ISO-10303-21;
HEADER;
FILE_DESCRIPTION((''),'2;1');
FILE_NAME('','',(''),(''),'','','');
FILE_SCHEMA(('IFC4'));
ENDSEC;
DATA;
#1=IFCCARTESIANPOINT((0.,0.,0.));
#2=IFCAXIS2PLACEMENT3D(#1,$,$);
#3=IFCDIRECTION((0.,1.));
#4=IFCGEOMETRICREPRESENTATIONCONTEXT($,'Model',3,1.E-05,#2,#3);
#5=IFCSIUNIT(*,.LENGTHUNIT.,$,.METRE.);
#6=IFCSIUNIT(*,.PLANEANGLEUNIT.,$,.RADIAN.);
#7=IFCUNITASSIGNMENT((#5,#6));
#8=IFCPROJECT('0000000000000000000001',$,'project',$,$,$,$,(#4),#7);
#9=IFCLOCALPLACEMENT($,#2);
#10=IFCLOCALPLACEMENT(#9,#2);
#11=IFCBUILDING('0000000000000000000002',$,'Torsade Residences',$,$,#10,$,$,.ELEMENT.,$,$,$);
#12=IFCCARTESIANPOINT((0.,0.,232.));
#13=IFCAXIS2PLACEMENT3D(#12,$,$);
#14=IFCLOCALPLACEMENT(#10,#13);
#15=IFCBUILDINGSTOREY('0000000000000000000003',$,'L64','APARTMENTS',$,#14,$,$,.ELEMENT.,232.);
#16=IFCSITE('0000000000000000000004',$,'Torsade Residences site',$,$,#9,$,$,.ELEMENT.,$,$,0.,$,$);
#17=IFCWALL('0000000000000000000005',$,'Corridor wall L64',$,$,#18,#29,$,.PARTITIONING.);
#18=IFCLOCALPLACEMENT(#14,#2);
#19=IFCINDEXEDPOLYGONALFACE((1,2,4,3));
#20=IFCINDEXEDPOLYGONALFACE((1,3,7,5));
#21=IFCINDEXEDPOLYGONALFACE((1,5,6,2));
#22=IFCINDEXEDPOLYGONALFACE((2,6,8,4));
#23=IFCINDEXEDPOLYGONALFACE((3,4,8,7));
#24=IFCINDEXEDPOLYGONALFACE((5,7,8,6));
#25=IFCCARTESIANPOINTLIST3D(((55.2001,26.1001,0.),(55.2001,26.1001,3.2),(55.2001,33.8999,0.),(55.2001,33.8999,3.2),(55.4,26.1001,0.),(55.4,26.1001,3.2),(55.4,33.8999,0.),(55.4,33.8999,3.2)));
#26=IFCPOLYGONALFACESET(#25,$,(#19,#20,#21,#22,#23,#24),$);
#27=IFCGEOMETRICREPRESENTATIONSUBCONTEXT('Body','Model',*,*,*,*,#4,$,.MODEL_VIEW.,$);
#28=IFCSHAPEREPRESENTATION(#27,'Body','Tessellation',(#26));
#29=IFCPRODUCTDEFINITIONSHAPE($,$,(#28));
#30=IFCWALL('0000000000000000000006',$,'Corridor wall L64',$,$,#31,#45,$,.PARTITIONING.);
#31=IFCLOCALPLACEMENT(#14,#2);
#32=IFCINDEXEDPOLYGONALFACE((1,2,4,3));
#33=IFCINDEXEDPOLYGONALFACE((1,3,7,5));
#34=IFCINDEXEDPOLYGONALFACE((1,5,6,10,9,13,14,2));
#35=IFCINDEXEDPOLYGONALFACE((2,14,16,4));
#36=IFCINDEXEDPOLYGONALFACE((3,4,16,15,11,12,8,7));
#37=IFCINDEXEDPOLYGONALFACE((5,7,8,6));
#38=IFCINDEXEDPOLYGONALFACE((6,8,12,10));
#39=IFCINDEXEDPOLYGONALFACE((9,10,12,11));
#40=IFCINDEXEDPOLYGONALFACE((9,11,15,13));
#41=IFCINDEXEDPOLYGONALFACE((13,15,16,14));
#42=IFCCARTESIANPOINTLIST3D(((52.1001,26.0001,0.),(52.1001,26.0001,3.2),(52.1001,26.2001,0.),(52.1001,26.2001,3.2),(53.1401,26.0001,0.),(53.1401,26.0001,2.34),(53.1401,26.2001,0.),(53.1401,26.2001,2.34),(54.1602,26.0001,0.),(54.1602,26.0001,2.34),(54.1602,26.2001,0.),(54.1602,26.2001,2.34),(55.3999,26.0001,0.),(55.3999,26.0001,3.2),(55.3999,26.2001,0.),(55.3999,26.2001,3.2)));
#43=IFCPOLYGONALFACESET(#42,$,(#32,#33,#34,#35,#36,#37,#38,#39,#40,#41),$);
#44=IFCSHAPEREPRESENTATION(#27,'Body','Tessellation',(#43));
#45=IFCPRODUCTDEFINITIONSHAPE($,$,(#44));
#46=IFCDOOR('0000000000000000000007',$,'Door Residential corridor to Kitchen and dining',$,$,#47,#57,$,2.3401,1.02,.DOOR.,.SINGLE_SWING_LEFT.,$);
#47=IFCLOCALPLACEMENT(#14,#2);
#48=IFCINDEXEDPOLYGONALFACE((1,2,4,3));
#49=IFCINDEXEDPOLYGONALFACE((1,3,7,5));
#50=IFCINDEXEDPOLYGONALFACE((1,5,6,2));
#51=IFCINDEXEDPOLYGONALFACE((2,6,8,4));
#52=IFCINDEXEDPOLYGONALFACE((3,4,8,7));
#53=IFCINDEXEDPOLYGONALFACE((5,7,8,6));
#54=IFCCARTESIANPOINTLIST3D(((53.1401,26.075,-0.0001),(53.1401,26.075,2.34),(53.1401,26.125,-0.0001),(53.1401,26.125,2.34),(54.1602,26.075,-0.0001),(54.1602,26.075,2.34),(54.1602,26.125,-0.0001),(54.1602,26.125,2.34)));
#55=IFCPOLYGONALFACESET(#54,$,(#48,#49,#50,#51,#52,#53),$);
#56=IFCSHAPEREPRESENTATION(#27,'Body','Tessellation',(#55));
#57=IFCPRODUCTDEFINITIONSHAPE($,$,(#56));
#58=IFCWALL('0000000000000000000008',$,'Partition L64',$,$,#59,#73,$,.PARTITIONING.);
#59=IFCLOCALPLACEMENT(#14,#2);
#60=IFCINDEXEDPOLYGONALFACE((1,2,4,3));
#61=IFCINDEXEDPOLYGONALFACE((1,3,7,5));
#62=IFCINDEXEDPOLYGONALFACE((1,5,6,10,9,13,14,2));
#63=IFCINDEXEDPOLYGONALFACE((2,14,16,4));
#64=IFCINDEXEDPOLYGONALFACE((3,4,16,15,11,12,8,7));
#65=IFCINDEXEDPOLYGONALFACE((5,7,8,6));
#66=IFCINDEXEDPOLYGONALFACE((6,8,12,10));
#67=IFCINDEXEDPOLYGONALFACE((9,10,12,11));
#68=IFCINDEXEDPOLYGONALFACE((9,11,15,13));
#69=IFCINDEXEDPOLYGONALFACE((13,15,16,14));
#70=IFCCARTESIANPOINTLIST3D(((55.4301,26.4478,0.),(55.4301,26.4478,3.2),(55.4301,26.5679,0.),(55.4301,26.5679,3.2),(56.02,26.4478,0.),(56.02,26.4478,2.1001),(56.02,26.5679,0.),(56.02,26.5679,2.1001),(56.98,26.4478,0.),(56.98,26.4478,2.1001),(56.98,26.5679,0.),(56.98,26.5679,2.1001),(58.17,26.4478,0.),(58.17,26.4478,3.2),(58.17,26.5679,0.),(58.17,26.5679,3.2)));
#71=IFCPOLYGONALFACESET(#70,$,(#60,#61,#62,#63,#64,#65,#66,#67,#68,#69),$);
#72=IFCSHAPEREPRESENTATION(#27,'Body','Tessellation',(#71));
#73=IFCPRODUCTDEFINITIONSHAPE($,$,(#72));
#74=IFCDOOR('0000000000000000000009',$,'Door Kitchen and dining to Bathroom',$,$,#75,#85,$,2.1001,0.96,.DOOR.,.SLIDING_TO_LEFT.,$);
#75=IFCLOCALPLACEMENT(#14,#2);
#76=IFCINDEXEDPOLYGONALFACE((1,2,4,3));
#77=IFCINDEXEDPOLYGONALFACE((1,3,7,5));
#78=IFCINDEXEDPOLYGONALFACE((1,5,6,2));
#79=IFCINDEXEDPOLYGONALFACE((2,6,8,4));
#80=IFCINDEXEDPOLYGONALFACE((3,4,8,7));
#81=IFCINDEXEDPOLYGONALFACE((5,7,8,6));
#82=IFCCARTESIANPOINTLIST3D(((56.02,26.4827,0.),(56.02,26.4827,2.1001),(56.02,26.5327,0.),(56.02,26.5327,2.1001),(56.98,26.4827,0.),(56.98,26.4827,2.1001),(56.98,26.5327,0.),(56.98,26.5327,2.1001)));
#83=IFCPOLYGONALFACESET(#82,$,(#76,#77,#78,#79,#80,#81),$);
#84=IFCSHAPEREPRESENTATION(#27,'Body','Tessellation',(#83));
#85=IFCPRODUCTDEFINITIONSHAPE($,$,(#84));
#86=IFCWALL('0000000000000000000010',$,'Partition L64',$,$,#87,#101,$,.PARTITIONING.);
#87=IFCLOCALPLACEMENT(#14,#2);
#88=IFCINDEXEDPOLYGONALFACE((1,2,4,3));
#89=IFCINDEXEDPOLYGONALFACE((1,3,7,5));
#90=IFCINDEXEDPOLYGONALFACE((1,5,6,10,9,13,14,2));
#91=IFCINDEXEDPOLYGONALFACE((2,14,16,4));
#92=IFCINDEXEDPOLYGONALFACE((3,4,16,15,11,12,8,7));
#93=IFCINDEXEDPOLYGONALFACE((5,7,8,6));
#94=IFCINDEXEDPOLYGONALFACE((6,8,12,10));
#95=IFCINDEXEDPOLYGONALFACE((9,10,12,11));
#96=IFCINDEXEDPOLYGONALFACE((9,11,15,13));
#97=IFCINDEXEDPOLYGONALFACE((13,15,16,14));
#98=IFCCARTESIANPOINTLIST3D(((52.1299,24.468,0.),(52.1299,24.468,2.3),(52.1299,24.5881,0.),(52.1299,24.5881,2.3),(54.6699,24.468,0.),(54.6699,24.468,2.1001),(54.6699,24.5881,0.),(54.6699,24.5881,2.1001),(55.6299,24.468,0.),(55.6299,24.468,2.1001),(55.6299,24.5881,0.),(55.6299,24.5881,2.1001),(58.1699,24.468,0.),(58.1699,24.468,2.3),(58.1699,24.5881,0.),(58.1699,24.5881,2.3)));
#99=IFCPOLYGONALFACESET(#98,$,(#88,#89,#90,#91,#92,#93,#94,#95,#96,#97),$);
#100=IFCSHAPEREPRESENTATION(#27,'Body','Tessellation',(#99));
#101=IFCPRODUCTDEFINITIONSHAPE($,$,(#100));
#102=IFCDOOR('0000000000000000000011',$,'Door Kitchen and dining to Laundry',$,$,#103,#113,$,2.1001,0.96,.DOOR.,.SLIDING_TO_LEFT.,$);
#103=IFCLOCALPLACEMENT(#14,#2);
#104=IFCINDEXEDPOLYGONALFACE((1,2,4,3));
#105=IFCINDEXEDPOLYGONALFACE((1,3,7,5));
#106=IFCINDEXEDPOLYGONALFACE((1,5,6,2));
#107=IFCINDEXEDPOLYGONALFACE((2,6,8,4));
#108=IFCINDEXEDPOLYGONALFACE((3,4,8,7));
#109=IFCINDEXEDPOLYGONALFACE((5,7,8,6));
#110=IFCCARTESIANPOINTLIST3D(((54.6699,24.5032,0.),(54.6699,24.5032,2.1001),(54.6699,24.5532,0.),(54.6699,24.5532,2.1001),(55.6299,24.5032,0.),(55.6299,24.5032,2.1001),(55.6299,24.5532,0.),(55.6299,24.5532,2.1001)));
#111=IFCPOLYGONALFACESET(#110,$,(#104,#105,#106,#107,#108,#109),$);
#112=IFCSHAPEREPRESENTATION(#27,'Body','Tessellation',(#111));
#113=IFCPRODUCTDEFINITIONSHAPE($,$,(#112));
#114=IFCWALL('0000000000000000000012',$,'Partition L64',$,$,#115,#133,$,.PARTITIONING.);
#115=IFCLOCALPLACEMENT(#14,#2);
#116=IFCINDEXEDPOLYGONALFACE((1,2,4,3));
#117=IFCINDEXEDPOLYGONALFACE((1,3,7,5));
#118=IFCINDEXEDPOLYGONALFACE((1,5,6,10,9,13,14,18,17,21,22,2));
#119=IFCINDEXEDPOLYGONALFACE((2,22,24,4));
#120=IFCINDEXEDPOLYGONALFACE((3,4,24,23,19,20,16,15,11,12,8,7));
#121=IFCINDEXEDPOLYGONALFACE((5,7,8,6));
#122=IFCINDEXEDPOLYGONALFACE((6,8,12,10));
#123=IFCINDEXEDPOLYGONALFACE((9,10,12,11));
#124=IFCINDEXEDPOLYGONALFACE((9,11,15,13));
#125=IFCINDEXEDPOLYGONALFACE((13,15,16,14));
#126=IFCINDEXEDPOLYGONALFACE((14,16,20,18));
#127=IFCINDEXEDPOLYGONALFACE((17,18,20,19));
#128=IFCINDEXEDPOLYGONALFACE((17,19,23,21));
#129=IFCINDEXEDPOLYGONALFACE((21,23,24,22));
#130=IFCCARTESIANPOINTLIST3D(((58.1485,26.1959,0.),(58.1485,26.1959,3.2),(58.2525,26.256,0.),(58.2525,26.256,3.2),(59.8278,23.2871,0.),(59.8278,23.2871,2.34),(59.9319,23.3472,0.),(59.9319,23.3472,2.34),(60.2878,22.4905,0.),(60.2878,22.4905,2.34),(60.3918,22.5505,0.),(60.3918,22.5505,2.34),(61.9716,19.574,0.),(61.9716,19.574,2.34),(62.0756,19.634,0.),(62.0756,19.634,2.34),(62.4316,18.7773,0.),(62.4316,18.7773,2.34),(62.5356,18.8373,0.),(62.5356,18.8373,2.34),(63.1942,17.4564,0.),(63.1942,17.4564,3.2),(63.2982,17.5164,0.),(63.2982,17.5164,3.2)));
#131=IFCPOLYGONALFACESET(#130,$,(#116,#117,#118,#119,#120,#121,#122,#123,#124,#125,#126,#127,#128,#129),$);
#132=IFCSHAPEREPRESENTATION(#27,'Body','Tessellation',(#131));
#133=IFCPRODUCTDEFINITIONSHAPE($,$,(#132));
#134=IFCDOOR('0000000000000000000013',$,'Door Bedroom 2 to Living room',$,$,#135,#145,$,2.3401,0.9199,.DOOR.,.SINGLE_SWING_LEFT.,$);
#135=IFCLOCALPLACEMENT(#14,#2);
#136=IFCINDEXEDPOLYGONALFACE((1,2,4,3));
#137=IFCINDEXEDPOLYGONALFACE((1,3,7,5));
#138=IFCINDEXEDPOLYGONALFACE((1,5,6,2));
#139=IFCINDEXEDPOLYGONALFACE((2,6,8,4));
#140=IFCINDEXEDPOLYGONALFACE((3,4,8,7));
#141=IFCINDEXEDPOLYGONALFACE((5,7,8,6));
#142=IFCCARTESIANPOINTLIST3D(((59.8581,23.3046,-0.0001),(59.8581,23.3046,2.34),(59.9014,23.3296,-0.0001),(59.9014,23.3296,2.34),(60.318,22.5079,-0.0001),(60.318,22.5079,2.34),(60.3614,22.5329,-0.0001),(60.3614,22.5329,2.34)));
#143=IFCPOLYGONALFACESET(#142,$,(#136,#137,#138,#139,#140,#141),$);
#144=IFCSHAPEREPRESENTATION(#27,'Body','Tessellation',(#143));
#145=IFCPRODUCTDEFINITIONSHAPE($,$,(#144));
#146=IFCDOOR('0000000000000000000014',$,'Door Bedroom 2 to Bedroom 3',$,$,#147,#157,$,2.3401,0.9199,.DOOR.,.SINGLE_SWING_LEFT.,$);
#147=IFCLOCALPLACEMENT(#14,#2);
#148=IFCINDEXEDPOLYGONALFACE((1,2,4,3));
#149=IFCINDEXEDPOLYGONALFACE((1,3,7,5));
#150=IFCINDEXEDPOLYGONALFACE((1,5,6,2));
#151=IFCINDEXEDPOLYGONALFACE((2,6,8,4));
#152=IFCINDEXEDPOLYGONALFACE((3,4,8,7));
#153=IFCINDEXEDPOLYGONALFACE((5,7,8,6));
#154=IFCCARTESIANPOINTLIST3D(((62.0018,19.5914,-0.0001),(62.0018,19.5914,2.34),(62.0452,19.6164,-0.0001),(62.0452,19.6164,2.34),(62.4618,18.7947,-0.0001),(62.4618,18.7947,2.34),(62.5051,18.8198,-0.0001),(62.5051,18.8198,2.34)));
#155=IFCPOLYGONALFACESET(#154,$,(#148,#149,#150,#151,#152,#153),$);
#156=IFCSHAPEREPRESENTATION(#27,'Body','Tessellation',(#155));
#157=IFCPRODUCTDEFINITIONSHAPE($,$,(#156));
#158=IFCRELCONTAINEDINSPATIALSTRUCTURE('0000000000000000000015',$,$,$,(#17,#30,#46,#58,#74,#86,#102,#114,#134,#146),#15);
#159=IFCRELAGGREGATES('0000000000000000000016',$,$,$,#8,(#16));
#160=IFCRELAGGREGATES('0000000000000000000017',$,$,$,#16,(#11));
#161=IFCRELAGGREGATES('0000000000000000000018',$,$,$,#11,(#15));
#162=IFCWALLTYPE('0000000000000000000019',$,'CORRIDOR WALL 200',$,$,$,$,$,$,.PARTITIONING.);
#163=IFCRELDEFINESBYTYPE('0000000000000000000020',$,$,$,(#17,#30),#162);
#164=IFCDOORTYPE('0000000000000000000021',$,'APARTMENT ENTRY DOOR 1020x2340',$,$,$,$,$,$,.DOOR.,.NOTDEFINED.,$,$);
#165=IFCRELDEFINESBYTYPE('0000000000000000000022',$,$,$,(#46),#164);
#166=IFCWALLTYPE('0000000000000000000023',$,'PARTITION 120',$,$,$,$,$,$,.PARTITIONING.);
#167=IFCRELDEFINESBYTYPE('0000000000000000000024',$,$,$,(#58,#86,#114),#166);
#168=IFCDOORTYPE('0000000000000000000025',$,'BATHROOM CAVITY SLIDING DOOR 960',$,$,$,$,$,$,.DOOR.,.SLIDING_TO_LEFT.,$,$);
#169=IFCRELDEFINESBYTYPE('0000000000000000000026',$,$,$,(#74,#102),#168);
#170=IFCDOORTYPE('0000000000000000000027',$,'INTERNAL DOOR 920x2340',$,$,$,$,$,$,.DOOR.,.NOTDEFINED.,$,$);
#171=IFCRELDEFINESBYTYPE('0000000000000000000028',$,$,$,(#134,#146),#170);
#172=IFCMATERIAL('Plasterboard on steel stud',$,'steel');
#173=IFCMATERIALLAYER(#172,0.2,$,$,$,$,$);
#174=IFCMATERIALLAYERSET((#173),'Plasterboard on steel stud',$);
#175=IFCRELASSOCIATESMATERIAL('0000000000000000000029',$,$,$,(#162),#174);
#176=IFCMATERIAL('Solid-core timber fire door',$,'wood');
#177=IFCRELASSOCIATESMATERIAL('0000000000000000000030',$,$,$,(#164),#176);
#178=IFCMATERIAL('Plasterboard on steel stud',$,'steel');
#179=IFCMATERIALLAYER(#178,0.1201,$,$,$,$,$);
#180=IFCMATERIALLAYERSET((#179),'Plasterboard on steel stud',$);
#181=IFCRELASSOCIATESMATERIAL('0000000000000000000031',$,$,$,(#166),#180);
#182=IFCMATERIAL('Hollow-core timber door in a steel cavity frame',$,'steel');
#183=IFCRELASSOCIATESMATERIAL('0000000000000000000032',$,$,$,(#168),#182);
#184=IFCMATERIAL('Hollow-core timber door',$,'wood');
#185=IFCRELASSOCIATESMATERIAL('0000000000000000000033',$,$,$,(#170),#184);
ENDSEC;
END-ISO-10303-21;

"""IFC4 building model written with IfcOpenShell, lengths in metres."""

from ifc_helpers import new_model, si_unit, direction, frame, frame_2d, origin, place, context, subcontext, project, spatial, rectangle, extrude, material, layer, layer_set, type_object, element, fill, save


model = new_model("IFC4")

# Units and contexts
model_context = context("Model", 3, precision=1e-05, world=origin(), true_north=direction((0.0, 1.0)))
body_context = subcontext(model_context, "Body", "Model", "MODEL_VIEW")
ifc_project = project(units=[si_unit("LENGTHUNIT", "METRE"), si_unit("PLANEANGLEUNIT", "RADIAN")], contexts=[model_context])

# Site, building, storey
site_placement = place(None, origin())
site = spatial("IfcSite", under=ifc_project, at=site_placement, Name="Torsade Residences site", CompositionType="ELEMENT", RefElevation=0.0)
building_placement = place(site_placement, origin())
building = spatial("IfcBuilding", under=site, at=building_placement, Name="Torsade Residences", CompositionType="ELEMENT")
storey_placement = place(building_placement, frame((0.0, 0.0, 232.0)))
storey = spatial("IfcBuildingStorey", under=building, at=storey_placement, Name="L64", Description="APARTMENTS", CompositionType="ELEMENT", Elevation=232.0)

# Wall
ifc_material_1 = material(Name="Plasterboard on steel stud", Category="steel")
ifc_layer_1 = layer(ifc_material_1, 0.2)
ifc_layer_set_1 = layer_set([ifc_layer_1], Name="Plasterboard on steel stud")
wall_type_1 = type_object("IfcWallType", Name="CORRIDOR WALL 200", PredefinedType="PARTITIONING", material=ifc_layer_set_1)
wall_1_placement = place(storey_placement, frame((55.3, 26.1001, 0.0), z_axis=(0.0, 0.0, 1.0), x_axis=(0.0, 1.0, 0.0)))
element("IfcWall", 1, at=wall_1_placement, inside=storey, type_object=wall_type_1, Name="Corridor wall L64", PredefinedType="PARTITIONING", context=body_context, shape_type="SweptSolid", body=[
    extrude(rectangle(XDim=7.7998, YDim=0.2, at=frame_2d((3.8999, 0.0))), origin(), (0.0, 0.0, 1.0), 3.2),
])

# Walls, openings, doors
wall_2_placement = place(storey_placement, frame((52.1001, 26.1001, 0.0), z_axis=(0.0, 0.0, 1.0), x_axis=(1.0, 0.0, 0.0)))
wall_2 = element("IfcWall", 2, at=wall_2_placement, inside=storey, type_object=wall_type_1, Name="Corridor wall L64", PredefinedType="PARTITIONING", context=body_context, shape_type="SweptSolid", body=[
    extrude(rectangle(XDim=3.2998, YDim=0.2, at=frame_2d((1.6499, 0.0))), origin(), (0.0, 0.0, 1.0), 3.2),
])
opening_1_placement = place(wall_2_placement, frame((1.04, 0.0, 0.0)))
opening_1 = element("IfcOpeningElement", 3, at=opening_1_placement, cuts=wall_2, PredefinedType="OPENING", context=body_context, shape_type="SweptSolid", body=[
    extrude(rectangle(XDim=1.02, YDim=2.3401, at=frame_2d((0.51, 1.1699))), frame((0.0, 0.1099, 0.0), z_axis=(0.0, -1.0, 0.0), x_axis=(1.0, 0.0, 0.0)), (0.0, 0.0, 1.0), 0.22),
])
ifc_material_2 = material(Name="Solid-core timber fire door", Category="wood")
door_type_1 = type_object("IfcDoorType", Name="APARTMENT ENTRY DOOR 1020x2340", OperationType="NOTDEFINED", PredefinedType="DOOR", material=ifc_material_2)
door_1_placement = place(opening_1_placement, origin())
door_1 = element("IfcDoor", 4, at=door_1_placement, inside=storey, type_object=door_type_1, Name="Door Residential corridor to Kitchen and dining", OperationType="SINGLE_SWING_LEFT", OverallHeight=2.3401, OverallWidth=1.02, PredefinedType="DOOR", context=body_context, shape_type="SweptSolid", body=[
    extrude(rectangle(XDim=1.02, YDim=2.3401, at=frame_2d((0.51, 1.1699))), frame((0.0, 0.0249, 0.0), z_axis=(0.0, -1.0, 0.0), x_axis=(1.0, 0.0, 0.0)), (0.0, 0.0, 1.0), 0.05),
])
fill(opening_1, door_1)
ifc_material_3 = material(Name="Plasterboard on steel stud", Category="steel")
ifc_layer_2 = layer(ifc_material_3, 0.1201)
ifc_layer_set_2 = layer_set([ifc_layer_2], Name="Plasterboard on steel stud")
wall_type_2 = type_object("IfcWallType", Name="PARTITION 120", PredefinedType="PARTITIONING", material=ifc_layer_set_2)
wall_3_placement = place(storey_placement, frame((55.4299, 26.5078, 0.0), z_axis=(0.0, 0.0, 1.0), x_axis=(1.0, 0.0, 0.0)))
wall_3 = element("IfcWall", 5, at=wall_3_placement, inside=storey, type_object=wall_type_2, Name="Partition L64", PredefinedType="PARTITIONING", context=body_context, shape_type="SweptSolid", body=[
    extrude(rectangle(XDim=2.74, YDim=0.1201, at=frame_2d((1.3701, 0.0))), origin(), (0.0, 0.0, 1.0), 3.2),
])
opening_2_placement = place(wall_3_placement, frame((0.5901, 0.0, 0.0)))
opening_2 = element("IfcOpeningElement", 6, at=opening_2_placement, cuts=wall_3, PredefinedType="OPENING", context=body_context, shape_type="SweptSolid", body=[
    extrude(rectangle(XDim=0.96, YDim=2.1001, at=frame_2d((0.48, 1.05))), frame((0.0, 0.0701, 0.0), z_axis=(0.0, -1.0, 0.0), x_axis=(1.0, 0.0, 0.0)), (0.0, 0.0, 1.0), 0.1401),
])
ifc_material_4 = material(Name="Hollow-core timber door in a steel cavity frame", Category="steel")
door_type_2 = type_object("IfcDoorType", Name="BATHROOM CAVITY SLIDING DOOR 960", OperationType="SLIDING_TO_LEFT", PredefinedType="DOOR", material=ifc_material_4)
door_2_placement = place(opening_2_placement, origin())
door_2 = element("IfcDoor", 7, at=door_2_placement, inside=storey, type_object=door_type_2, Name="Door Kitchen and dining to Bathroom", OperationType="SLIDING_TO_LEFT", OverallHeight=2.1001, OverallWidth=0.96, PredefinedType="DOOR", context=body_context, shape_type="SweptSolid", body=[
    extrude(rectangle(XDim=0.96, YDim=2.1001, at=frame_2d((0.48, 1.05))), frame((0.0, 0.0249, 0.0), z_axis=(0.0, -1.0, 0.0), x_axis=(1.0, 0.0, 0.0)), (0.0, 0.0, 1.0), 0.05),
])
fill(opening_2, door_2)
wall_4_placement = place(storey_placement, frame((58.1699, 24.5281, 0.0), z_axis=(0.0, 0.0, 1.0), x_axis=(-1.0, 0.0, 0.0)))
wall_4 = element("IfcWall", 8, at=wall_4_placement, inside=storey, type_object=wall_type_2, Name="Partition L64", PredefinedType="PARTITIONING", context=body_context, shape_type="SweptSolid", body=[
    extrude(rectangle(XDim=6.04, YDim=0.1201, at=frame_2d((3.02, 0.0))), origin(), (0.0, 0.0, 1.0), 2.3),
])
opening_3_placement = place(wall_4_placement, frame((2.54, 0.0, 0.0)))
opening_3 = element("IfcOpeningElement", 9, at=opening_3_placement, cuts=wall_4, PredefinedType="OPENING", context=body_context, shape_type="SweptSolid", body=[
    extrude(rectangle(XDim=0.96, YDim=2.1001, at=frame_2d((0.48, 1.05))), frame((0.0, 0.0701, 0.0), z_axis=(0.0, -1.0, 0.0), x_axis=(1.0, 0.0, 0.0)), (0.0, 0.0, 1.0), 0.1401),
])
door_3_placement = place(opening_3_placement, origin())
door_3 = element("IfcDoor", 10, at=door_3_placement, inside=storey, type_object=door_type_2, Name="Door Kitchen and dining to Laundry", OperationType="SLIDING_TO_LEFT", OverallHeight=2.1001, OverallWidth=0.96, PredefinedType="DOOR", context=body_context, shape_type="SweptSolid", body=[
    extrude(rectangle(XDim=0.96, YDim=2.1001, at=frame_2d((0.48, 1.05))), frame((0.0, 0.0249, 0.0), z_axis=(0.0, -1.0, 0.0), x_axis=(1.0, 0.0, 0.0)), (0.0, 0.0, 1.0), 0.05),
])
fill(opening_3, door_3)

# Wall, openings, doors
wall_5_placement = place(storey_placement, frame((58.2004, 26.2261, 0.0), z_axis=(0.0, 0.0, 1.0), x_axis=(0.499993, -0.86603, 0.0)))
wall_5 = element("IfcWall", 11, at=wall_5_placement, inside=storey, type_object=wall_type_2, Name="Partition L64", PredefinedType="PARTITIONING", context=body_context, shape_type="SweptSolid", body=[
    extrude(rectangle(XDim=10.0916, YDim=0.1201, at=frame_2d((5.0459, 0.0))), origin(), (0.0, 0.0, 1.0), 3.2),
])
opening_4_placement = place(wall_5_placement, frame((3.3589, 0.0, 0.0)))
opening_4 = element("IfcOpeningElement", 12, at=opening_4_placement, cuts=wall_5, PredefinedType="OPENING", context=body_context, shape_type="SweptSolid", body=[
    extrude(rectangle(XDim=0.9199, YDim=2.3401, at=frame_2d((0.46, 1.1699))), frame((0.0, 0.0701, 0.0), z_axis=(0.0, -1.0, 0.0), x_axis=(1.0, 0.0, 0.0)), (0.0, 0.0, 1.0), 0.1401),
])
opening_5_placement = place(wall_5_placement, frame((7.6465, 0.0, 0.0)))
opening_5 = element("IfcOpeningElement", 13, at=opening_5_placement, cuts=wall_5, PredefinedType="OPENING", context=body_context, shape_type="SweptSolid", body=[
    extrude(rectangle(XDim=0.9199, YDim=2.3401, at=frame_2d((0.46, 1.1699))), frame((0.0, 0.0701, 0.0), z_axis=(0.0, -1.0, 0.0), x_axis=(1.0, 0.0, 0.0)), (0.0, 0.0, 1.0), 0.1401),
])
ifc_material_5 = material(Name="Hollow-core timber door", Category="wood")
door_type_3 = type_object("IfcDoorType", Name="INTERNAL DOOR 920x2340", OperationType="NOTDEFINED", PredefinedType="DOOR", material=ifc_material_5)
door_4_placement = place(opening_4_placement, origin())
door_4 = element("IfcDoor", 14, at=door_4_placement, inside=storey, type_object=door_type_3, Name="Door Bedroom 2 to Living room", OperationType="SINGLE_SWING_LEFT", OverallHeight=2.3401, OverallWidth=0.9199, PredefinedType="DOOR", context=body_context, shape_type="SweptSolid", body=[
    extrude(rectangle(XDim=0.9199, YDim=2.3401, at=frame_2d((0.46, 1.1699))), frame((0.0, 0.0249, 0.0), z_axis=(0.0, -1.0, 0.0), x_axis=(1.0, 0.0, 0.0)), (0.0, 0.0, 1.0), 0.05),
])
fill(opening_4, door_4)
door_5_placement = place(opening_5_placement, origin())
door_5 = element("IfcDoor", 15, at=door_5_placement, inside=storey, type_object=door_type_3, Name="Door Bedroom 2 to Bedroom 3", OperationType="SINGLE_SWING_LEFT", OverallHeight=2.3401, OverallWidth=0.9199, PredefinedType="DOOR", context=body_context, shape_type="SweptSolid", body=[
    extrude(rectangle(XDim=0.9199, YDim=2.3401, at=frame_2d((0.46, 1.1699))), frame((0.0, 0.0249, 0.0), z_axis=(0.0, -1.0, 0.0), x_axis=(1.0, 0.0, 0.0)), (0.0, 0.0, 1.0), 0.05),
])
fill(opening_5, door_5)

save(model, "model.ifc")
